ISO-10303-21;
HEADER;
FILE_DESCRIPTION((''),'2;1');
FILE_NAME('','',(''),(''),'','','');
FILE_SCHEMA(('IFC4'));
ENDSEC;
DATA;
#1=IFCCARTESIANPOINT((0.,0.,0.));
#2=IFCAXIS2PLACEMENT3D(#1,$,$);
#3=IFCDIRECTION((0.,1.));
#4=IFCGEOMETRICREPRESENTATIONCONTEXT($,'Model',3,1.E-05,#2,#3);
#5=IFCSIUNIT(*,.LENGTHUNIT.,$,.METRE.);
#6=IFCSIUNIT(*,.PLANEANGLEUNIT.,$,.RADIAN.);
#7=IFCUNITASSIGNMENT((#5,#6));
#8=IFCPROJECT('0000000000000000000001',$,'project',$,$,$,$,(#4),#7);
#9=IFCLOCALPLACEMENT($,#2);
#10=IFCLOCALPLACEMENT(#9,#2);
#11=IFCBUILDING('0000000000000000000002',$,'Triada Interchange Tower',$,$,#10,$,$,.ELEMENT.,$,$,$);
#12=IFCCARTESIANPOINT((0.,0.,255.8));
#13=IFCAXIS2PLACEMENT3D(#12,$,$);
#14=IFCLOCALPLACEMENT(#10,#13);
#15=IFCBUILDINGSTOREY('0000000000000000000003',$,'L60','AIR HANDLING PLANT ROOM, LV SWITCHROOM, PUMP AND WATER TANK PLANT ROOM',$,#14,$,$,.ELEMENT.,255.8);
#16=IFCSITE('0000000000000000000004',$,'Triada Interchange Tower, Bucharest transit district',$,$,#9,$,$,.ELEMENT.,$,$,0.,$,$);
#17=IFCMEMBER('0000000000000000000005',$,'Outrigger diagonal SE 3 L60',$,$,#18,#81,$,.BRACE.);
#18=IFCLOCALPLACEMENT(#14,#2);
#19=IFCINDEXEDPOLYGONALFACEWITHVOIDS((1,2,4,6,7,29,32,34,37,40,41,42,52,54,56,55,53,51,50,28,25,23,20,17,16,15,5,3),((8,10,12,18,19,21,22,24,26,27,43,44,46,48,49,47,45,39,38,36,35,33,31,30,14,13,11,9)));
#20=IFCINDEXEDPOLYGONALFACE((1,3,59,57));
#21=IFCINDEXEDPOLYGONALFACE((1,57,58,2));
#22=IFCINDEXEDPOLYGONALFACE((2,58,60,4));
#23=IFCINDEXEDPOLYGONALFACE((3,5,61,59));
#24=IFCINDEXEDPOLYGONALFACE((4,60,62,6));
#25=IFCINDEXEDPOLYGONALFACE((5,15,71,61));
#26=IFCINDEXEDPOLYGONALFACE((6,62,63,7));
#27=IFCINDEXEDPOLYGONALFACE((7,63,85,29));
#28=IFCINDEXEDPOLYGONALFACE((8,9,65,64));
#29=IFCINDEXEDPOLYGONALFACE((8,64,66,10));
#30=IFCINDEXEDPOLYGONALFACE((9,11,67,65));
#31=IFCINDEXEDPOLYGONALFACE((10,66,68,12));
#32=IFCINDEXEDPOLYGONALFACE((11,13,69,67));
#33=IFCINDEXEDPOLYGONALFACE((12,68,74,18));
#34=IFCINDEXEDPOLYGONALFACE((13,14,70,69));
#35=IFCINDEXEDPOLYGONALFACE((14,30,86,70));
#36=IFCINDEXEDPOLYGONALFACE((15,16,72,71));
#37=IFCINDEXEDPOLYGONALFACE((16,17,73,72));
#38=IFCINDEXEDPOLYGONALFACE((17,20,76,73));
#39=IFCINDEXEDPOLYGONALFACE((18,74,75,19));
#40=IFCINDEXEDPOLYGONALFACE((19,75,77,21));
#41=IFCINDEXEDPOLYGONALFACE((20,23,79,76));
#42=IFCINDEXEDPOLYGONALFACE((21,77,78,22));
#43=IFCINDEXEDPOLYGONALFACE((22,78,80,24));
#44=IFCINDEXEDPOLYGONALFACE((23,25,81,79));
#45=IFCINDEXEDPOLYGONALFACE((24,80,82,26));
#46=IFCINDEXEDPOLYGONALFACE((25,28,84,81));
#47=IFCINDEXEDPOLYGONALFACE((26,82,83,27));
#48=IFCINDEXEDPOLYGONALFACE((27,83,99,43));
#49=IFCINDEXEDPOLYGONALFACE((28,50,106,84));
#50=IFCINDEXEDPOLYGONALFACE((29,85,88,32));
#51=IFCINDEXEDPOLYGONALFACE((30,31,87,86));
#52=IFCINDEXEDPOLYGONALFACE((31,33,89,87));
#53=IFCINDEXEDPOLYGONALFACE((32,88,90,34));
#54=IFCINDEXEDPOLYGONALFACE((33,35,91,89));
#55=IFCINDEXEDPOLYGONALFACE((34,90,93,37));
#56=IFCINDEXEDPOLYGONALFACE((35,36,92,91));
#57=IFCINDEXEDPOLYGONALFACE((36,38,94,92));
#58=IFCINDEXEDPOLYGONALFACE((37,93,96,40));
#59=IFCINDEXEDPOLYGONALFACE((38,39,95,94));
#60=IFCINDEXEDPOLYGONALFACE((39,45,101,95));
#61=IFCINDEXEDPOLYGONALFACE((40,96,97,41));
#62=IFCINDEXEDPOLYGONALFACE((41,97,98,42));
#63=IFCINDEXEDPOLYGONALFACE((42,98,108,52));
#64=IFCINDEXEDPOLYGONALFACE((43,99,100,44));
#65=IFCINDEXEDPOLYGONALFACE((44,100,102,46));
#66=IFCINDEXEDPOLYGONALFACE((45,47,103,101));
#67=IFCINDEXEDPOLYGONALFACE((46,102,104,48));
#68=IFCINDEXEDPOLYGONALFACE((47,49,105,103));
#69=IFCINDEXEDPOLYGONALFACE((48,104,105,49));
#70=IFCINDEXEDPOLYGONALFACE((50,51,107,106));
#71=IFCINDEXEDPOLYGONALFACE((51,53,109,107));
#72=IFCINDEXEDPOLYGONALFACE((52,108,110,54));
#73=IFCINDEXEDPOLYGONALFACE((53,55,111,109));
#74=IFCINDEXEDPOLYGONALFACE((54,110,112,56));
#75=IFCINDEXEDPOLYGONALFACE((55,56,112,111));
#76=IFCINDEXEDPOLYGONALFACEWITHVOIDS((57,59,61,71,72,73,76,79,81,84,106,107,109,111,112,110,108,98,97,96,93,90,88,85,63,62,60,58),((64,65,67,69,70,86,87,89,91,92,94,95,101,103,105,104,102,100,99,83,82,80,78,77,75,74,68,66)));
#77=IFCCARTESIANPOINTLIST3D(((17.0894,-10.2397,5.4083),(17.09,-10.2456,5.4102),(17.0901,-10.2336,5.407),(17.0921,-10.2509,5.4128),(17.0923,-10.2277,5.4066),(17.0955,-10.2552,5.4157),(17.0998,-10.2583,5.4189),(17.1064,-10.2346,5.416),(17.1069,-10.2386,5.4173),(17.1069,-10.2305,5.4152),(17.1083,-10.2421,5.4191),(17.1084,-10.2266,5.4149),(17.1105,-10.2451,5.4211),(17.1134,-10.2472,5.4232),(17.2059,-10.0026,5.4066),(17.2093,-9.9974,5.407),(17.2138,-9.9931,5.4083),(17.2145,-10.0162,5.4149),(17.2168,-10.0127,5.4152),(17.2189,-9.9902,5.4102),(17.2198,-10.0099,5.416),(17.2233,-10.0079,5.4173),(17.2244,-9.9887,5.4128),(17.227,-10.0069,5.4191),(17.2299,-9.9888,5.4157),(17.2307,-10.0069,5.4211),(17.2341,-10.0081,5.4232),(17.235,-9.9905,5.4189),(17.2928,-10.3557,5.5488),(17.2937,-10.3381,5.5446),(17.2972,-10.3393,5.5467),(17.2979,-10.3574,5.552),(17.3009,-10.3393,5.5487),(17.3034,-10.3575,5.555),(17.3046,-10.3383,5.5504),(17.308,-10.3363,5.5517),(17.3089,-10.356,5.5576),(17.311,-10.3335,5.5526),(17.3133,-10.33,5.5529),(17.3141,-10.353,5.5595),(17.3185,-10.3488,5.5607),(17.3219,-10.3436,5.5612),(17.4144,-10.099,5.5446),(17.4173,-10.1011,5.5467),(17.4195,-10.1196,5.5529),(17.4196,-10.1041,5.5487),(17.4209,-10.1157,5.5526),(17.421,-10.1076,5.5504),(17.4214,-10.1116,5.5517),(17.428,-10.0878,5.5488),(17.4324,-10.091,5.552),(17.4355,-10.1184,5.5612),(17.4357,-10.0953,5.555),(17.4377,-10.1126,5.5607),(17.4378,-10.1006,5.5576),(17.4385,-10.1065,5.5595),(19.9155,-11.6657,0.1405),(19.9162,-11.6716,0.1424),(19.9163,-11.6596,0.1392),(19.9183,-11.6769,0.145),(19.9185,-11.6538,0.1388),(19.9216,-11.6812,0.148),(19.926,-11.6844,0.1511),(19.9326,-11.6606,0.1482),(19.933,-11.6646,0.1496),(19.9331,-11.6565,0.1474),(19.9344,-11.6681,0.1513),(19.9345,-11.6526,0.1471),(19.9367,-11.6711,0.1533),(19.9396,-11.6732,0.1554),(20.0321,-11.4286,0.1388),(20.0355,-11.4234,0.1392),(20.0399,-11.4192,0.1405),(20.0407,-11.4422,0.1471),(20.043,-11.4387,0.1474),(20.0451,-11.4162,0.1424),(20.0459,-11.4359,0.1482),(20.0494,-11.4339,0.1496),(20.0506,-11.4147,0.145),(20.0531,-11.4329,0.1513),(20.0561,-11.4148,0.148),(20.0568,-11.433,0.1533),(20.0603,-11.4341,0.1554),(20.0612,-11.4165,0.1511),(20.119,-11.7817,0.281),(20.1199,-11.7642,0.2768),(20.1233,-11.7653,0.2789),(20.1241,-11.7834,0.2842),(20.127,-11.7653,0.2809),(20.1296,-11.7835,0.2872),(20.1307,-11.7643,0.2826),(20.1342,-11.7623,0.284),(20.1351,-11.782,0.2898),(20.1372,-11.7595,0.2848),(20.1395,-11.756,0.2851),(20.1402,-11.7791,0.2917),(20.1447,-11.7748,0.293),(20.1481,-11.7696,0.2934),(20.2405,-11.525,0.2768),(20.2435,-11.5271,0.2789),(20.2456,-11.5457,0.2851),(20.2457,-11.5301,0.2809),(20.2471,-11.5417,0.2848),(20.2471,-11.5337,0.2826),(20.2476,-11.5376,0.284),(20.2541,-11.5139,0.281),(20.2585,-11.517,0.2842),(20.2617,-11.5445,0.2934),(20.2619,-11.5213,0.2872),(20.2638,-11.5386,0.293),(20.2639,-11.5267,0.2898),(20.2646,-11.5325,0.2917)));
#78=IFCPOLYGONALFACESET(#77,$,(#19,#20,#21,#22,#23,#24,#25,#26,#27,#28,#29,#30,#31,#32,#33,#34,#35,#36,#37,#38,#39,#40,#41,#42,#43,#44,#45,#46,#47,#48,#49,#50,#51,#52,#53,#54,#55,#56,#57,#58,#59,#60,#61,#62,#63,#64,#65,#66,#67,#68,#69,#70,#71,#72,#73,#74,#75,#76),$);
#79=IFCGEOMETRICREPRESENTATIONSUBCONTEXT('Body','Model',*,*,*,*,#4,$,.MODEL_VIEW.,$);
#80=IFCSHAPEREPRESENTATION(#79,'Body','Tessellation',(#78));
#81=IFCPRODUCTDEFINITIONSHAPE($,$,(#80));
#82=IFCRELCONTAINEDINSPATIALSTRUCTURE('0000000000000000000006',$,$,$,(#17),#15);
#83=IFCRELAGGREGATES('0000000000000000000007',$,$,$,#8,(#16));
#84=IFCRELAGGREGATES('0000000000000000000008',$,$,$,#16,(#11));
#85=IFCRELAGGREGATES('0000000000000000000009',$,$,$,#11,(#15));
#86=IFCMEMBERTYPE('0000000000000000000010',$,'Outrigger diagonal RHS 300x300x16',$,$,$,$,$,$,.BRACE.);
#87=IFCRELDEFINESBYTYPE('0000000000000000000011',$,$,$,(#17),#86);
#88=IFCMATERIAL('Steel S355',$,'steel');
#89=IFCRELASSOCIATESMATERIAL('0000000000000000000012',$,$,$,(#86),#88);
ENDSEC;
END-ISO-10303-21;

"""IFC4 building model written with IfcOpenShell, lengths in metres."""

from ifc_helpers import new_model, si_unit, direction, frame, origin, origin_2d, place, context, subcontext, project, spatial, hollow_rectangle, extrude, material, material_profile, profile_set, type_object, element, save


model = new_model("IFC4")

# Units and contexts
model_context = context("Model", 3, precision=1e-05, world=origin(), true_north=direction((0.0, 1.0)))
body_context = subcontext(model_context, "Body", "Model", "MODEL_VIEW")
ifc_project = project(units=[si_unit("LENGTHUNIT", "METRE"), si_unit("PLANEANGLEUNIT", "RADIAN")], contexts=[model_context])

# Site, building, storey
site_placement = place(None, origin())
site = spatial("IfcSite", under=ifc_project, at=site_placement, Name="Triada Interchange Tower, Bucharest transit district", CompositionType="ELEMENT", RefElevation=0.0)
building_placement = place(site_placement, origin())
building = spatial("IfcBuilding", under=site, at=building_placement, Name="Triada Interchange Tower", CompositionType="ELEMENT")
storey_placement = place(building_placement, frame((0.0, 0.0, 255.8)))
storey = spatial("IfcBuildingStorey", under=building, at=storey_placement, Name="L60", Description="AIR HANDLING PLANT ROOM, LV SWITCHROOM, PUMP AND WATER TANK PLANT ROOM", CompositionType="ELEMENT", Elevation=255.8)

# Member
ifc_material_1 = material(Name="Steel S355", Category="steel")
ifc_material_profile_1 = material_profile(ifc_material_1, hollow_rectangle(XDim=0.3, YDim=0.3, WallThickness=0.0161, InnerFilletRadius=0.0161, OuterFilletRadius=0.0239, at=origin_2d()), Name="RHS 300x300x16")
ifc_profile_set_1 = profile_set([ifc_material_profile_1], Name="Steel S355")
member_type_1 = type_object("IfcMemberType", Name="Outrigger diagonal RHS 300x300x16", PredefinedType="BRACE", material=ifc_profile_set_1)
member_1_placement = place(storey_placement, frame((17.2639, -10.1731, 5.4839), z_axis=(0.459855, -0.232033, -0.857143), x_axis=(0.450481, 0.892786, 0.0)))
element("IfcMember", 1, at=member_1_placement, inside=storey, type_object=member_type_1, Name="Outrigger diagonal SE 3 L60", PredefinedType="BRACE", context=body_context, shape_type="SweptSolid", body=[
    extrude(hollow_rectangle(XDim=0.3, YDim=0.3, WallThickness=0.0161, InnerFilletRadius=0.0161, OuterFilletRadius=0.0239, at=origin_2d()), origin(), (0.0, 0.0, 1.0), 6.1458),
])

save(model, "model.ifc")
